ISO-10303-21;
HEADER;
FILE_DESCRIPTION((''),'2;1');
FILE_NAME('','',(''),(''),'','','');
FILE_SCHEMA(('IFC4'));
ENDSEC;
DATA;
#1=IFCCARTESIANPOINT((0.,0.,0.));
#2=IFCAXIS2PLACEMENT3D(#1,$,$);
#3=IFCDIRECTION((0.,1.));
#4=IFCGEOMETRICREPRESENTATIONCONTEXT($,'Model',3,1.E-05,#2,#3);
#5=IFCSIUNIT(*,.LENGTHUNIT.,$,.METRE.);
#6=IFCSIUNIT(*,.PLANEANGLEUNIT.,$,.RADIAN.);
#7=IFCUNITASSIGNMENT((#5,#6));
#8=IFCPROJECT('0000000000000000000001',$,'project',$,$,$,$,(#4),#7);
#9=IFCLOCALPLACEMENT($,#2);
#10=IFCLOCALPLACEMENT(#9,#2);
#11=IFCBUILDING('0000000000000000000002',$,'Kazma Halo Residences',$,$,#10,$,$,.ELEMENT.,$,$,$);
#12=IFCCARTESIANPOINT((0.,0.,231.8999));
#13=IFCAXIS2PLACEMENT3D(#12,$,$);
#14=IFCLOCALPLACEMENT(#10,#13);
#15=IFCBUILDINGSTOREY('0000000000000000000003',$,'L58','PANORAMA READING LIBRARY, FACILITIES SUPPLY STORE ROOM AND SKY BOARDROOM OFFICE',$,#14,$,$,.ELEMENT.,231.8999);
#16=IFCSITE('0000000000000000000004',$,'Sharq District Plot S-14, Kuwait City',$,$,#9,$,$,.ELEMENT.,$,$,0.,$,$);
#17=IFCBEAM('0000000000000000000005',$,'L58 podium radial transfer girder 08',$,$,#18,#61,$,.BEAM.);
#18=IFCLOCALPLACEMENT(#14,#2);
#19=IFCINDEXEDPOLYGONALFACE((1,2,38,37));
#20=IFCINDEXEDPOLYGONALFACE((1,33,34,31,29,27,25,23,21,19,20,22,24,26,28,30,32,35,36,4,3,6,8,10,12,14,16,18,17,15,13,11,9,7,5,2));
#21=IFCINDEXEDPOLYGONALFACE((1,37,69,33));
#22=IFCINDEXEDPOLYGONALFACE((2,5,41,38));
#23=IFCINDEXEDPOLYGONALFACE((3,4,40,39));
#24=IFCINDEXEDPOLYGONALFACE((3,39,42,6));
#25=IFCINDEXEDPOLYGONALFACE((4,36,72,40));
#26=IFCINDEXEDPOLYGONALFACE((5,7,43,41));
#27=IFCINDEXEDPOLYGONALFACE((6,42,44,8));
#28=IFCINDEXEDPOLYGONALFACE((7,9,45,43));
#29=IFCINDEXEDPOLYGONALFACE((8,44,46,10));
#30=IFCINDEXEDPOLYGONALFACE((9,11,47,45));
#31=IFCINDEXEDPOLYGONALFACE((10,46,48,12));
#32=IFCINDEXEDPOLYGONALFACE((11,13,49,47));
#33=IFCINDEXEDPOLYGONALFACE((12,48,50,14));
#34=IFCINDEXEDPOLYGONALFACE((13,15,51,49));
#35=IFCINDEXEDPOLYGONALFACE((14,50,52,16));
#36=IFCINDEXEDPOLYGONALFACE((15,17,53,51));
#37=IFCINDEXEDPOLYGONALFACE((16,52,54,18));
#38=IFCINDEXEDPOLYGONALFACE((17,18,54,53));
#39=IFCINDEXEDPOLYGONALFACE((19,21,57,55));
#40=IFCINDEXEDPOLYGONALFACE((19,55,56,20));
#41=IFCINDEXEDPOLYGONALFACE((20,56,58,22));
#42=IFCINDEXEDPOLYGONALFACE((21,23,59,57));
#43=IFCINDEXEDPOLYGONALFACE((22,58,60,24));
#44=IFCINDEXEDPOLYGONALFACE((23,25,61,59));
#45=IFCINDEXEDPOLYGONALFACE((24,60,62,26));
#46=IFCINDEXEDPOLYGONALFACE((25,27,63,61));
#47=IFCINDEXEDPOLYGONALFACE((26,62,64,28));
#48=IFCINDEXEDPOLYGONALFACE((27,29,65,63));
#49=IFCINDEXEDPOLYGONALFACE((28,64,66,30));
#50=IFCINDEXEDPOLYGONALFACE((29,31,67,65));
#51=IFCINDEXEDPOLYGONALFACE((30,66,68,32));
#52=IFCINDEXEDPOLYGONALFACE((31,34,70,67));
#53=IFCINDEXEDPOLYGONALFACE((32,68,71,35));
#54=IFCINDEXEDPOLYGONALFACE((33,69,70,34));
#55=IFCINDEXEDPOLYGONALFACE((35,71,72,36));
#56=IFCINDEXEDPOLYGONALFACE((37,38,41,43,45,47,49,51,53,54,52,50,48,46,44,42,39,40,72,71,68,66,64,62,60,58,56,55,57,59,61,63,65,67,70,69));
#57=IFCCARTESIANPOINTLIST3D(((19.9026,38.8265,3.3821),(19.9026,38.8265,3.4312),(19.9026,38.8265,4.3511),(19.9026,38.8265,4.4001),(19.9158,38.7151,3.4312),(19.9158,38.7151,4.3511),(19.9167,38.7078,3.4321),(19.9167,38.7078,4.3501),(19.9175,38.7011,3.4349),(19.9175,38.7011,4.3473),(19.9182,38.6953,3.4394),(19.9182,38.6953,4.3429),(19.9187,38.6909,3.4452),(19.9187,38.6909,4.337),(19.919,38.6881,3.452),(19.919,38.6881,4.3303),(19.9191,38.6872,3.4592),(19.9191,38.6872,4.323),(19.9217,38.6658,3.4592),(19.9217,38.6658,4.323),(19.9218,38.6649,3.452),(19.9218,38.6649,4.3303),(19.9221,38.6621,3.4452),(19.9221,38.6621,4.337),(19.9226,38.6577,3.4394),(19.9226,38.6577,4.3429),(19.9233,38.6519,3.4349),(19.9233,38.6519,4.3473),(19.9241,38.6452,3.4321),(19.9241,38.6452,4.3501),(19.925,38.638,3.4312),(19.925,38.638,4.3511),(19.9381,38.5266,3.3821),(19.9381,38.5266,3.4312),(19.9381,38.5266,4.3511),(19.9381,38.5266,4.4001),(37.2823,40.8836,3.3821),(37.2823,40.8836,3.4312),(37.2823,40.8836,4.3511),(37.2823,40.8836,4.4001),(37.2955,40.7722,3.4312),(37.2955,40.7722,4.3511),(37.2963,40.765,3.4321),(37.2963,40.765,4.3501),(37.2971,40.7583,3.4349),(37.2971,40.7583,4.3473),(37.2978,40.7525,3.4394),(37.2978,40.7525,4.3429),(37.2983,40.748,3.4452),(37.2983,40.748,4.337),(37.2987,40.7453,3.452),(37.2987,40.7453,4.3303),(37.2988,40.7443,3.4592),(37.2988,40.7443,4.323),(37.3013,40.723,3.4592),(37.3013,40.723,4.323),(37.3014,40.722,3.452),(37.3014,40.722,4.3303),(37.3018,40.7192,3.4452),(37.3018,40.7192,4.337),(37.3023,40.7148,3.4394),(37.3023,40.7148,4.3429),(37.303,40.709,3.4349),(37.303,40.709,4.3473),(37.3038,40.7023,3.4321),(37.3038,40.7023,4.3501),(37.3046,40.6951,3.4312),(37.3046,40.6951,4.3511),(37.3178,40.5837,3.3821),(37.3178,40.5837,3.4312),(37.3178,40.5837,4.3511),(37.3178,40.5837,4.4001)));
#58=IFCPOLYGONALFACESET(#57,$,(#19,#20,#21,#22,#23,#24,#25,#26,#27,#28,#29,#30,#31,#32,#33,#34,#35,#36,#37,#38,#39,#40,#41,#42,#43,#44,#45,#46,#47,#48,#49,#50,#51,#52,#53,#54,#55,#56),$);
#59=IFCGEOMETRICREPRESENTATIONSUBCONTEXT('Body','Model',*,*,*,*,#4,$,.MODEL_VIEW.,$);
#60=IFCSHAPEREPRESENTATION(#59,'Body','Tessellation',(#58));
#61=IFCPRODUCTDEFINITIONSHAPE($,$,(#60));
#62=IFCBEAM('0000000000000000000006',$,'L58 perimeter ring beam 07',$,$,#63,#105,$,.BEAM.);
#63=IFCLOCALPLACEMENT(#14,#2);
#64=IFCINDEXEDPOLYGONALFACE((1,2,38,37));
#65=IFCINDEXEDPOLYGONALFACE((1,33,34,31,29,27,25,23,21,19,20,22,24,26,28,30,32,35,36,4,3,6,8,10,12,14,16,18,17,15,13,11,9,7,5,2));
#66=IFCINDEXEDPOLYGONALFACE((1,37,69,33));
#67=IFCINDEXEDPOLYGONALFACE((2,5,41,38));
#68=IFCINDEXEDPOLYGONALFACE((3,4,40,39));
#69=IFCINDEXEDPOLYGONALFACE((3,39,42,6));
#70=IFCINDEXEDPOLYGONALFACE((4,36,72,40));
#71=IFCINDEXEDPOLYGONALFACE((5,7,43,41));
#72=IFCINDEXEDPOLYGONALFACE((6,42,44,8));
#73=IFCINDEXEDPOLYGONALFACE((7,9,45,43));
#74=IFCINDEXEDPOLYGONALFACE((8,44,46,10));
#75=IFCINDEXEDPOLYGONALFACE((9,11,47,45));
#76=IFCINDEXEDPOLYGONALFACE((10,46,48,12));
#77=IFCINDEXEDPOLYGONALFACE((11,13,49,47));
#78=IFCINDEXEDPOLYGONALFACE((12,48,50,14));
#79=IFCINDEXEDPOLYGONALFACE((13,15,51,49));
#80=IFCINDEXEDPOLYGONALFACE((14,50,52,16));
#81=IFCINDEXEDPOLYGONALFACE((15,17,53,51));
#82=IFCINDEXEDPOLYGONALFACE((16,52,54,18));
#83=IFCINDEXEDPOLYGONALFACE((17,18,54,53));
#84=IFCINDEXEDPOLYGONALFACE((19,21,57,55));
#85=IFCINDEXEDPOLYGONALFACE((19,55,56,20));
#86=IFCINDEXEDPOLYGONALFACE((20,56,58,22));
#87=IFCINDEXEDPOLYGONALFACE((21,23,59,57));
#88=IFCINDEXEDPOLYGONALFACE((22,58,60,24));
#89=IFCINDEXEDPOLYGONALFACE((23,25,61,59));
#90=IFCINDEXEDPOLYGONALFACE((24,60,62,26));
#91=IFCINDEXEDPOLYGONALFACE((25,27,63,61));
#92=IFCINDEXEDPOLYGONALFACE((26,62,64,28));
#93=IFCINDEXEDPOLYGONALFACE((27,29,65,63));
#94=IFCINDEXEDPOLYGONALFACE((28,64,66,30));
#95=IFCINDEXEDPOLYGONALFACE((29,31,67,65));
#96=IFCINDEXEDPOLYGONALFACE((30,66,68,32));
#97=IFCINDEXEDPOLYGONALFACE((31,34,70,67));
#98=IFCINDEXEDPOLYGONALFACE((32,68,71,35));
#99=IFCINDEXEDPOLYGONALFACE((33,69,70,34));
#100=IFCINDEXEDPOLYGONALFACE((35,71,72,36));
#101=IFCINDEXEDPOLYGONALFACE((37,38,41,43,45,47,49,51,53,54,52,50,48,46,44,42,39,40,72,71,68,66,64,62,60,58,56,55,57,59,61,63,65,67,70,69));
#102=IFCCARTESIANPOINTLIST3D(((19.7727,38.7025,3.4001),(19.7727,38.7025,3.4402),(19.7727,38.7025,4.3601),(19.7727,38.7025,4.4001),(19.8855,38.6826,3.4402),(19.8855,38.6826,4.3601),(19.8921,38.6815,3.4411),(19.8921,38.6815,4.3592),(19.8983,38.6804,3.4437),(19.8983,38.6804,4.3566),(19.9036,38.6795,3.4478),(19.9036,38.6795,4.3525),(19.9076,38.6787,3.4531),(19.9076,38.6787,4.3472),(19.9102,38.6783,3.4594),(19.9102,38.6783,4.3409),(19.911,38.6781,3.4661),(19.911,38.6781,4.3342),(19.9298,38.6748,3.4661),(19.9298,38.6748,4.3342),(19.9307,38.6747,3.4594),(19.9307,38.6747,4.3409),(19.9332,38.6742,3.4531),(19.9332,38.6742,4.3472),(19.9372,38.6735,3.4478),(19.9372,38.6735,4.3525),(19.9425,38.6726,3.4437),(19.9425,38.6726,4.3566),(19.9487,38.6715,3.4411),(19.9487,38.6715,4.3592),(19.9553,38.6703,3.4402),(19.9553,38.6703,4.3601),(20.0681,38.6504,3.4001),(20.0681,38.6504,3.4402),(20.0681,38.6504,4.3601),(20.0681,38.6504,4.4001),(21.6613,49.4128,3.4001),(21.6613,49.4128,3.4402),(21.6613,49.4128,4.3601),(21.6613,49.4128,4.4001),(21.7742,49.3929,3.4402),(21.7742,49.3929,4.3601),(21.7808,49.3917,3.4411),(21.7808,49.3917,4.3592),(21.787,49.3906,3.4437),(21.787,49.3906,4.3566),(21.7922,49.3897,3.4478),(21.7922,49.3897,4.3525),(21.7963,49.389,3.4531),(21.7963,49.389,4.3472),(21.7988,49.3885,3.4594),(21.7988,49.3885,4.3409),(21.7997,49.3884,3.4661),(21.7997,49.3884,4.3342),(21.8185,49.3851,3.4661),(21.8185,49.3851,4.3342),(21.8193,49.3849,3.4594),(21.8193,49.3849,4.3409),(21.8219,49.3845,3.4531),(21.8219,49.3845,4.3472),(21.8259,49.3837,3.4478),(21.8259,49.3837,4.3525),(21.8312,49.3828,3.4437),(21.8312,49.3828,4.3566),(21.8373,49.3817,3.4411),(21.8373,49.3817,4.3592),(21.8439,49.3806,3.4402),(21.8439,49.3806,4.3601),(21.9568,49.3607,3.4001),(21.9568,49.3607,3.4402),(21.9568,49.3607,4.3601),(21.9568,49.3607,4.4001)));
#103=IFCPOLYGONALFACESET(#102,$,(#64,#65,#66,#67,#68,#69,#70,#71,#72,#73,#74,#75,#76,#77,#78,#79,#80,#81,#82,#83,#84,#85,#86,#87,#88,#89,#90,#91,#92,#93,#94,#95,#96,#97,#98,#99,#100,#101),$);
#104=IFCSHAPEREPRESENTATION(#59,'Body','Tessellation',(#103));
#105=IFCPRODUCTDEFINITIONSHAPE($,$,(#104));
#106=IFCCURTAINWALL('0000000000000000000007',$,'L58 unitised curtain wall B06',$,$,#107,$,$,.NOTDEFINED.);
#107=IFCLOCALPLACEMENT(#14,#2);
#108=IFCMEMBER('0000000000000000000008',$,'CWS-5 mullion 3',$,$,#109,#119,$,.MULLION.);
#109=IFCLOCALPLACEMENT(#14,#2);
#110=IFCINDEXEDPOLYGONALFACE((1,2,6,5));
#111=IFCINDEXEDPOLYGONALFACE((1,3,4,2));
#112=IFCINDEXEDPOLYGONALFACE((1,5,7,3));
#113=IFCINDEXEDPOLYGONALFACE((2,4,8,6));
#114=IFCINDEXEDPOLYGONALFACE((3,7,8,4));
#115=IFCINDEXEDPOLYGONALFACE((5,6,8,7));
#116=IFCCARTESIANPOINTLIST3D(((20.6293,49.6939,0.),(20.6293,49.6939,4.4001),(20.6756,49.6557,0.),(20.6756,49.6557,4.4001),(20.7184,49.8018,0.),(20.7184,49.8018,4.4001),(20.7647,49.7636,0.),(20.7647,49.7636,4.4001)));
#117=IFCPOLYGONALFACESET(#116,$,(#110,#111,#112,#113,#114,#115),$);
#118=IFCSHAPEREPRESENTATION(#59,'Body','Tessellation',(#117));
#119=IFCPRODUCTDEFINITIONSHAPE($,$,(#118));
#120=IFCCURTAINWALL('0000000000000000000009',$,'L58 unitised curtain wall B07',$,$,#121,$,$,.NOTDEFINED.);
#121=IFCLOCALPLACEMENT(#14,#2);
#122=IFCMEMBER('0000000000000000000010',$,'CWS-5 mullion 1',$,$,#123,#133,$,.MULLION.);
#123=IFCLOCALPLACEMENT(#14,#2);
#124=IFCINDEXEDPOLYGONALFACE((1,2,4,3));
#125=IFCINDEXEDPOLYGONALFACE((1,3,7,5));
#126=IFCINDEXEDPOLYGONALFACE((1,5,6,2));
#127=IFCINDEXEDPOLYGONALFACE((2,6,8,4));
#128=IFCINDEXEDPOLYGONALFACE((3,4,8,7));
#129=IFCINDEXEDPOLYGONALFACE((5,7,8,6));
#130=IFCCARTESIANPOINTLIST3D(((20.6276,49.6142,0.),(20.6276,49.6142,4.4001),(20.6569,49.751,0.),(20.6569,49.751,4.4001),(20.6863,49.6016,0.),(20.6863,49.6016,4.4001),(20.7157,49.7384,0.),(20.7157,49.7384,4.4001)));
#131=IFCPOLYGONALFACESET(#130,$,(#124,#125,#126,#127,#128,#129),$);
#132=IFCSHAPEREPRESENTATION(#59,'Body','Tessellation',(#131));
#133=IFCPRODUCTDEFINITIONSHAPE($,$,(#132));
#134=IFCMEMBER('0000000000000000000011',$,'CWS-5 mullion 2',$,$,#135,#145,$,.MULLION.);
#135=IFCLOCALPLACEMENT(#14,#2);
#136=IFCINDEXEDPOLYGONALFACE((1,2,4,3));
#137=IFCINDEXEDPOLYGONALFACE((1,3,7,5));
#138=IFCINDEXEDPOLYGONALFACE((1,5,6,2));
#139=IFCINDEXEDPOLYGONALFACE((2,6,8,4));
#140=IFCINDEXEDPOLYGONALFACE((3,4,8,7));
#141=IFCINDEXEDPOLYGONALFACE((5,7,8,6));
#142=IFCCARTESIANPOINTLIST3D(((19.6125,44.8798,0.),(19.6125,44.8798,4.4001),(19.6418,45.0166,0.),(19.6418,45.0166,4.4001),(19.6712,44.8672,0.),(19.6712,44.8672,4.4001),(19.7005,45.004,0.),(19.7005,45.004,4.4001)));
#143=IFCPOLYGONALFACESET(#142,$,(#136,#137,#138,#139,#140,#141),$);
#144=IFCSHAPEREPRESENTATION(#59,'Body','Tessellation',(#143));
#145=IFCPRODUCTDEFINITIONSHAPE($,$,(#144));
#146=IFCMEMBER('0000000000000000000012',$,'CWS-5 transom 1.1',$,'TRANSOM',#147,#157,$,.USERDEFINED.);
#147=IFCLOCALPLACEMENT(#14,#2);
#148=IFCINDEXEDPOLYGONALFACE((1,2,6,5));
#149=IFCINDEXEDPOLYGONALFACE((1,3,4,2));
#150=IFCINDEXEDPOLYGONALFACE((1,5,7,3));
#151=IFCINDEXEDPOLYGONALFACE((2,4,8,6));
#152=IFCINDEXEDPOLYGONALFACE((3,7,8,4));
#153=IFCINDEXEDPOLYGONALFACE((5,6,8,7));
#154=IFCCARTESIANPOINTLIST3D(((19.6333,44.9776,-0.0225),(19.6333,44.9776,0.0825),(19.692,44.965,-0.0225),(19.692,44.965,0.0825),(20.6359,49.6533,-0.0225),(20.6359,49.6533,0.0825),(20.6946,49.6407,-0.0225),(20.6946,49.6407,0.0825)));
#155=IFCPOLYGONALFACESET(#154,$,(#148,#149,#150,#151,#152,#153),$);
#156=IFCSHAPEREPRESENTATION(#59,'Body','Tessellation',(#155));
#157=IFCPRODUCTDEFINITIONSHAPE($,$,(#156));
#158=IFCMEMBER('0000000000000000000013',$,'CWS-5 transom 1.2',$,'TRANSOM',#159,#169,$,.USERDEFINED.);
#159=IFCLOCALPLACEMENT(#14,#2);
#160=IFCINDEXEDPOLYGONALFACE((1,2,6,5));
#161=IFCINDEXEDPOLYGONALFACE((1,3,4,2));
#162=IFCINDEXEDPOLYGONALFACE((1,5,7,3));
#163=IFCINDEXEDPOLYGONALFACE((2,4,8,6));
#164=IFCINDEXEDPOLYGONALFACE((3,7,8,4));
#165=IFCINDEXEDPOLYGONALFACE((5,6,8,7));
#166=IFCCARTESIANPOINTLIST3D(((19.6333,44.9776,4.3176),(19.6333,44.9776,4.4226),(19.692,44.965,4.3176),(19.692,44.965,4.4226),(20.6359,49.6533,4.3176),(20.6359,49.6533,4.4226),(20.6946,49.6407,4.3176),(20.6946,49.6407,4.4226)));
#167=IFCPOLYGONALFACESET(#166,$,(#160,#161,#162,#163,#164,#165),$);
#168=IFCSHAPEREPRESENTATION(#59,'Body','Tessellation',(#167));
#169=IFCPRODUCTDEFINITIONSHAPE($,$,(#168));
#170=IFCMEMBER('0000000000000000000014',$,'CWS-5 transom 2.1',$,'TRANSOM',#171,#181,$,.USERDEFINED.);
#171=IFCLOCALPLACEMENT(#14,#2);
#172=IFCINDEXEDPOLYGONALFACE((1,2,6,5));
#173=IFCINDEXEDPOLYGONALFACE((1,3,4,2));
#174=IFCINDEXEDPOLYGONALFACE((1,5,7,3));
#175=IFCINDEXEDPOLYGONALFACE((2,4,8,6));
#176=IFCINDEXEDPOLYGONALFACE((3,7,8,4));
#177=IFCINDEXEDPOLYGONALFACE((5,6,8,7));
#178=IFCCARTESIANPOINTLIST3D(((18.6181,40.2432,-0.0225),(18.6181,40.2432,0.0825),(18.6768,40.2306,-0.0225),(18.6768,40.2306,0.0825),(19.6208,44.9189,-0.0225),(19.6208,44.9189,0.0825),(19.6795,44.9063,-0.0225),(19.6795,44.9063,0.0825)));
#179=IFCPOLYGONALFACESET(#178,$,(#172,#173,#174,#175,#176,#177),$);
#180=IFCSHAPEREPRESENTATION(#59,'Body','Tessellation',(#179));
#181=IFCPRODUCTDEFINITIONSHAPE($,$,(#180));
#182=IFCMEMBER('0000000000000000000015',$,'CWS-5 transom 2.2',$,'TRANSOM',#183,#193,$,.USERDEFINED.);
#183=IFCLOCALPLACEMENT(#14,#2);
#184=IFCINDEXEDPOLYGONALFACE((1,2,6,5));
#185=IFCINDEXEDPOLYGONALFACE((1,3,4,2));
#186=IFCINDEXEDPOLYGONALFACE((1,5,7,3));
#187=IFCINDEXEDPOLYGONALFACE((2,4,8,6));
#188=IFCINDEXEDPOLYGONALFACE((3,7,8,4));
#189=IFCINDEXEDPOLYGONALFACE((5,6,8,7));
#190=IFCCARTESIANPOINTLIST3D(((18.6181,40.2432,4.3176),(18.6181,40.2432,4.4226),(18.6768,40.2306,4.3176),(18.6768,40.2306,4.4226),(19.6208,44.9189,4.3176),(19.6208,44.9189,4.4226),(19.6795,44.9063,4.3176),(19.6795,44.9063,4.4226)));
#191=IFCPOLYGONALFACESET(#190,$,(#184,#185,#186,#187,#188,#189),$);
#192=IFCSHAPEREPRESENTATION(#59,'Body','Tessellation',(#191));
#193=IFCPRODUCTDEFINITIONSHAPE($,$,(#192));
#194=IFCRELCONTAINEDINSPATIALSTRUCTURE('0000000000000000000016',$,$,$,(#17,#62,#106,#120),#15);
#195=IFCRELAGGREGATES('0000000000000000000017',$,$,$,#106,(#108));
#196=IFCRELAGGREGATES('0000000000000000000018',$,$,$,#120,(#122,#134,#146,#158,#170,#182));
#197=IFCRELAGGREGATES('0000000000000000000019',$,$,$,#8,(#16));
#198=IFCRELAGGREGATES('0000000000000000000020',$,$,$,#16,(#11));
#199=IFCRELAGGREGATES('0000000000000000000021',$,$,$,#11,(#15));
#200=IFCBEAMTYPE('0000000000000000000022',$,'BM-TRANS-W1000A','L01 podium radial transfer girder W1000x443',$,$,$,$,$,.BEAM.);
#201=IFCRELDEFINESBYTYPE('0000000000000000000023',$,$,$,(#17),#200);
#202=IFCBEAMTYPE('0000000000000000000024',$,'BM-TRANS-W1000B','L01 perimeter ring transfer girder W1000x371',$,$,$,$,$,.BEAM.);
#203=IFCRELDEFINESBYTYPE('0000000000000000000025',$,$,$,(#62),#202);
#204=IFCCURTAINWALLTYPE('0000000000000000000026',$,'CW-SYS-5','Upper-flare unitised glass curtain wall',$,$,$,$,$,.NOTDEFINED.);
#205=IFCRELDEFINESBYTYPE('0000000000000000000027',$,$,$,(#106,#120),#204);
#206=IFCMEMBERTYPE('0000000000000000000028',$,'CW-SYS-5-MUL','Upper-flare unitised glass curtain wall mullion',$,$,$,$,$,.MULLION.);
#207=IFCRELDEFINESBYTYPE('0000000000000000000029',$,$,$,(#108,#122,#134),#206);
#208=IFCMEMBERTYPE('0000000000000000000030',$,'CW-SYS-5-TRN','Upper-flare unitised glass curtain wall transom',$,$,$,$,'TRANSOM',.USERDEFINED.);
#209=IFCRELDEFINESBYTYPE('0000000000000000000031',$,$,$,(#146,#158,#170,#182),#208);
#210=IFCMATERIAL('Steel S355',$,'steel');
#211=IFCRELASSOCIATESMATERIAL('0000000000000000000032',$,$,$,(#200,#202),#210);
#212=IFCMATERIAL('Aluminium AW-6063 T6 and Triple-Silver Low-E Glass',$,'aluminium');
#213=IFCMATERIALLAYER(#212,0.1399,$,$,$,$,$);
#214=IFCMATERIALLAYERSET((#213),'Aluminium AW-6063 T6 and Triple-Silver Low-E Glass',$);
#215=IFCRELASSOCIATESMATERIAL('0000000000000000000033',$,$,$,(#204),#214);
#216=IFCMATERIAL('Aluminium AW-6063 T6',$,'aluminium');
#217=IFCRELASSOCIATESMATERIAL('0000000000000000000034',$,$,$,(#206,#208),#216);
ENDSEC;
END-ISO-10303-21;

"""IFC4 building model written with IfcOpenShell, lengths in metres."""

from ifc_helpers import new_model, si_unit, direction, frame, origin, origin_2d, place, context, subcontext, project, spatial, rectangle, i_section, extrude, material, layer, layer_set, material_profile, profile_set, type_object, element, aggregate, save


model = new_model("IFC4")

# Units and contexts
model_context = context("Model", 3, precision=1e-05, world=origin(), true_north=direction((0.0, 1.0)))
body_context = subcontext(model_context, "Body", "Model", "MODEL_VIEW")
ifc_project = project(units=[si_unit("LENGTHUNIT", "METRE"), si_unit("PLANEANGLEUNIT", "RADIAN")], contexts=[model_context])

# Site, building, storey
site_placement = place(None, origin())
site = spatial("IfcSite", under=ifc_project, at=site_placement, Name="Sharq District Plot S-14, Kuwait City", CompositionType="ELEMENT", RefElevation=0.0)
building_placement = place(site_placement, origin())
building = spatial("IfcBuilding", under=site, at=building_placement, Name="Kazma Halo Residences", CompositionType="ELEMENT")
storey_placement = place(building_placement, frame((0.0, 0.0, 231.8999)))
storey = spatial("IfcBuildingStorey", under=building, at=storey_placement, Name="L58", Description="PANORAMA READING LIBRARY, FACILITIES SUPPLY STORE ROOM AND SKY BOARDROOM OFFICE", CompositionType="ELEMENT", Elevation=231.8999)

# Beams
ifc_material_1 = material(Name="Steel S355", Category="steel")
ifc_material_profile_1 = material_profile(ifc_material_1, i_section(OverallWidth=0.302, OverallDepth=1.0181, WebThickness=0.0215, FlangeThickness=0.0491, FilletRadius=0.0281, at=origin_2d()), Name="W1000x443")
ifc_profile_set_1 = profile_set([ifc_material_profile_1], Name="Steel S355")
beam_type_1 = type_object("IfcBeamType", Name="BM-TRANS-W1000A", Description="L01 podium radial transfer girder W1000x443", PredefinedType="BEAM", material=ifc_profile_set_1)
beam_1_placement = place(storey_placement, frame((37.3, 40.7336, 3.8911), z_axis=(-0.993068, -0.117544, 0.0), x_axis=(0.117544, -0.993068, 0.0)))
element("IfcBeam", 1, at=beam_1_placement, inside=storey, type_object=beam_type_1, Name="L58 podium radial transfer girder 08", PredefinedType="BEAM", context=body_context, shape_type="SweptSolid", body=[
    extrude(i_section(OverallWidth=0.302, OverallDepth=1.0181, WebThickness=0.0215, FlangeThickness=0.0491, FilletRadius=0.0281, at=origin_2d()), origin(), (0.0, 0.0, 1.0), 17.501),
])
ifc_material_profile_2 = material_profile(ifc_material_1, i_section(OverallWidth=0.3, OverallDepth=1.0, WebThickness=0.019, FlangeThickness=0.04, FilletRadius=0.0259, at=origin_2d()), Name="W1000x371")
ifc_profile_set_2 = profile_set([ifc_material_profile_2], Name="Steel S355")
beam_type_2 = type_object("IfcBeamType", Name="BM-TRANS-W1000B", Description="L01 perimeter ring transfer girder W1000x371", PredefinedType="BEAM", material=ifc_profile_set_2)
beam_2_placement = place(storey_placement, frame((21.8091, 49.3867, 3.9001), z_axis=(-0.173664, -0.984805, 0.0), x_axis=(0.984805, -0.173664, 0.0)))
element("IfcBeam", 2, at=beam_2_placement, inside=storey, type_object=beam_type_2, Name="L58 perimeter ring beam 07", PredefinedType="BEAM", context=body_context, shape_type="SweptSolid", body=[
    extrude(i_section(OverallWidth=0.3, OverallDepth=1.0, WebThickness=0.019, FlangeThickness=0.04, FilletRadius=0.0259, at=origin_2d()), origin(), (0.0, 0.0, 1.0), 10.8755),
])

# Curtain wall, member
ifc_material_2 = material(Name="Aluminium AW-6063 T6 and Triple-Silver Low-E Glass", Category="aluminium")
ifc_layer_1 = layer(ifc_material_2, 0.1399)
ifc_layer_set_1 = layer_set([ifc_layer_1], Name="Aluminium AW-6063 T6 and Triple-Silver Low-E Glass")
curtain_wall_type = type_object("IfcCurtainWallType", Name="CW-SYS-5", Description="Upper-flare unitised glass curtain wall", PredefinedType="NOTDEFINED", material=ifc_layer_set_1)
curtain_wall_1_placement = place(storey_placement, origin())
curtain_wall_1 = element("IfcCurtainWall", 3, at=curtain_wall_1_placement, inside=storey, type_object=curtain_wall_type, Name="L58 unitised curtain wall B06", PredefinedType="NOTDEFINED")
ifc_material_3 = material(Name="Aluminium AW-6063 T6", Category="aluminium")
ifc_material_profile_3 = material_profile(ifc_material_3, rectangle(XDim=0.0601, YDim=0.1399, at=origin_2d()), Name="CWM-60x140")
ifc_profile_set_3 = profile_set([ifc_material_profile_3], Name="Aluminium AW-6063 T6")
member_type_1 = type_object("IfcMemberType", Name="CW-SYS-5-MUL", Description="Upper-flare unitised glass curtain wall mullion", PredefinedType="MULLION", material=ifc_profile_set_3)
member_1_placement = place(storey_placement, frame((20.697, 49.7288, 0.0), z_axis=(0.0, 0.0, 1.0), x_axis=(0.771092, -0.636724, 0.0)))
member_1 = element("IfcMember", 4, at=member_1_placement, type_object=member_type_1, Name="CWS-5 mullion 3", PredefinedType="MULLION", context=body_context, shape_type="SweptSolid", body=[
    extrude(rectangle(XDim=0.0601, YDim=0.1399, at=origin_2d()), origin(), (0.0, 0.0, 1.0), 4.4001),
])

# Curtain wall, members
curtain_wall_2_placement = place(storey_placement, origin())
curtain_wall_2 = element("IfcCurtainWall", 5, at=curtain_wall_2_placement, inside=storey, type_object=curtain_wall_type, Name="L58 unitised curtain wall B07", PredefinedType="NOTDEFINED")
member_2_placement = place(storey_placement, frame((20.6716, 49.6763, 0.0), z_axis=(0.0, 0.0, 1.0), x_axis=(0.977773, -0.209668, 0.0)))
member_2 = element("IfcMember", 6, at=member_2_placement, type_object=member_type_1, Name="CWS-5 mullion 1", PredefinedType="MULLION", context=body_context, shape_type="SweptSolid", body=[
    extrude(rectangle(XDim=0.0601, YDim=0.1399, at=origin_2d()), origin(), (0.0, 0.0, 1.0), 4.4001),
])
member_3_placement = place(storey_placement, frame((19.6565, 44.9419, 0.0), z_axis=(0.0, 0.0, 1.0), x_axis=(0.977773, -0.209668, 0.0)))
member_3 = element("IfcMember", 7, at=member_3_placement, type_object=member_type_1, Name="CWS-5 mullion 2", PredefinedType="MULLION", context=body_context, shape_type="SweptSolid", body=[
    extrude(rectangle(XDim=0.0601, YDim=0.1399, at=origin_2d()), origin(), (0.0, 0.0, 1.0), 4.4001),
])
ifc_material_profile_4 = material_profile(ifc_material_3, rectangle(XDim=0.0601, YDim=0.105, at=origin_2d()), Name="CWT-60x105")
ifc_profile_set_4 = profile_set([ifc_material_profile_4], Name="Aluminium AW-6063 T6")
member_type_2 = type_object("IfcMemberType", Name="CW-SYS-5-TRN", Description="Upper-flare unitised glass curtain wall transom", ElementType="TRANSOM", PredefinedType="USERDEFINED", material=ifc_profile_set_4)
member_4_placement = place(storey_placement, frame((20.6653, 49.647, 0.03), z_axis=(-0.209676, -0.977771, 0.0), x_axis=(0.977771, -0.209676, 0.0)))
member_4 = element("IfcMember", 8, at=member_4_placement, type_object=member_type_2, Name="CWS-5 transom 1.1", ObjectType="TRANSOM", PredefinedType="USERDEFINED", context=body_context, shape_type="SweptSolid", body=[
    extrude(rectangle(XDim=0.0601, YDim=0.105, at=origin_2d()), origin(), (0.0, 0.0, 1.0), 4.782),
])
member_5_placement = place(storey_placement, frame((20.6653, 49.647, 4.3701), z_axis=(-0.209676, -0.977771, 0.0), x_axis=(0.977771, -0.209676, 0.0)))
member_5 = element("IfcMember", 9, at=member_5_placement, type_object=member_type_2, Name="CWS-5 transom 1.2", ObjectType="TRANSOM", PredefinedType="USERDEFINED", context=body_context, shape_type="SweptSolid", body=[
    extrude(rectangle(XDim=0.0601, YDim=0.105, at=origin_2d()), origin(), (0.0, 0.0, 1.0), 4.782),
])
member_6_placement = place(storey_placement, frame((19.6501, 44.9126, 0.03), z_axis=(-0.209676, -0.977771, 0.0), x_axis=(0.977771, -0.209676, 0.0)))
member_6 = element("IfcMember", 10, at=member_6_placement, type_object=member_type_2, Name="CWS-5 transom 2.1", ObjectType="TRANSOM", PredefinedType="USERDEFINED", context=body_context, shape_type="SweptSolid", body=[
    extrude(rectangle(XDim=0.0601, YDim=0.105, at=origin_2d()), origin(), (0.0, 0.0, 1.0), 4.782),
])
member_7_placement = place(storey_placement, frame((19.6501, 44.9126, 4.3701), z_axis=(-0.209676, -0.977771, 0.0), x_axis=(0.977771, -0.209676, 0.0)))
member_7 = element("IfcMember", 11, at=member_7_placement, type_object=member_type_2, Name="CWS-5 transom 2.2", ObjectType="TRANSOM", PredefinedType="USERDEFINED", context=body_context, shape_type="SweptSolid", body=[
    extrude(rectangle(XDim=0.0601, YDim=0.105, at=origin_2d()), origin(), (0.0, 0.0, 1.0), 4.782),
])

aggregate(curtain_wall_1, [member_1])
aggregate(curtain_wall_2, [member_2, member_3, member_4, member_5, member_6, member_7])

save(model, "model.ifc")
